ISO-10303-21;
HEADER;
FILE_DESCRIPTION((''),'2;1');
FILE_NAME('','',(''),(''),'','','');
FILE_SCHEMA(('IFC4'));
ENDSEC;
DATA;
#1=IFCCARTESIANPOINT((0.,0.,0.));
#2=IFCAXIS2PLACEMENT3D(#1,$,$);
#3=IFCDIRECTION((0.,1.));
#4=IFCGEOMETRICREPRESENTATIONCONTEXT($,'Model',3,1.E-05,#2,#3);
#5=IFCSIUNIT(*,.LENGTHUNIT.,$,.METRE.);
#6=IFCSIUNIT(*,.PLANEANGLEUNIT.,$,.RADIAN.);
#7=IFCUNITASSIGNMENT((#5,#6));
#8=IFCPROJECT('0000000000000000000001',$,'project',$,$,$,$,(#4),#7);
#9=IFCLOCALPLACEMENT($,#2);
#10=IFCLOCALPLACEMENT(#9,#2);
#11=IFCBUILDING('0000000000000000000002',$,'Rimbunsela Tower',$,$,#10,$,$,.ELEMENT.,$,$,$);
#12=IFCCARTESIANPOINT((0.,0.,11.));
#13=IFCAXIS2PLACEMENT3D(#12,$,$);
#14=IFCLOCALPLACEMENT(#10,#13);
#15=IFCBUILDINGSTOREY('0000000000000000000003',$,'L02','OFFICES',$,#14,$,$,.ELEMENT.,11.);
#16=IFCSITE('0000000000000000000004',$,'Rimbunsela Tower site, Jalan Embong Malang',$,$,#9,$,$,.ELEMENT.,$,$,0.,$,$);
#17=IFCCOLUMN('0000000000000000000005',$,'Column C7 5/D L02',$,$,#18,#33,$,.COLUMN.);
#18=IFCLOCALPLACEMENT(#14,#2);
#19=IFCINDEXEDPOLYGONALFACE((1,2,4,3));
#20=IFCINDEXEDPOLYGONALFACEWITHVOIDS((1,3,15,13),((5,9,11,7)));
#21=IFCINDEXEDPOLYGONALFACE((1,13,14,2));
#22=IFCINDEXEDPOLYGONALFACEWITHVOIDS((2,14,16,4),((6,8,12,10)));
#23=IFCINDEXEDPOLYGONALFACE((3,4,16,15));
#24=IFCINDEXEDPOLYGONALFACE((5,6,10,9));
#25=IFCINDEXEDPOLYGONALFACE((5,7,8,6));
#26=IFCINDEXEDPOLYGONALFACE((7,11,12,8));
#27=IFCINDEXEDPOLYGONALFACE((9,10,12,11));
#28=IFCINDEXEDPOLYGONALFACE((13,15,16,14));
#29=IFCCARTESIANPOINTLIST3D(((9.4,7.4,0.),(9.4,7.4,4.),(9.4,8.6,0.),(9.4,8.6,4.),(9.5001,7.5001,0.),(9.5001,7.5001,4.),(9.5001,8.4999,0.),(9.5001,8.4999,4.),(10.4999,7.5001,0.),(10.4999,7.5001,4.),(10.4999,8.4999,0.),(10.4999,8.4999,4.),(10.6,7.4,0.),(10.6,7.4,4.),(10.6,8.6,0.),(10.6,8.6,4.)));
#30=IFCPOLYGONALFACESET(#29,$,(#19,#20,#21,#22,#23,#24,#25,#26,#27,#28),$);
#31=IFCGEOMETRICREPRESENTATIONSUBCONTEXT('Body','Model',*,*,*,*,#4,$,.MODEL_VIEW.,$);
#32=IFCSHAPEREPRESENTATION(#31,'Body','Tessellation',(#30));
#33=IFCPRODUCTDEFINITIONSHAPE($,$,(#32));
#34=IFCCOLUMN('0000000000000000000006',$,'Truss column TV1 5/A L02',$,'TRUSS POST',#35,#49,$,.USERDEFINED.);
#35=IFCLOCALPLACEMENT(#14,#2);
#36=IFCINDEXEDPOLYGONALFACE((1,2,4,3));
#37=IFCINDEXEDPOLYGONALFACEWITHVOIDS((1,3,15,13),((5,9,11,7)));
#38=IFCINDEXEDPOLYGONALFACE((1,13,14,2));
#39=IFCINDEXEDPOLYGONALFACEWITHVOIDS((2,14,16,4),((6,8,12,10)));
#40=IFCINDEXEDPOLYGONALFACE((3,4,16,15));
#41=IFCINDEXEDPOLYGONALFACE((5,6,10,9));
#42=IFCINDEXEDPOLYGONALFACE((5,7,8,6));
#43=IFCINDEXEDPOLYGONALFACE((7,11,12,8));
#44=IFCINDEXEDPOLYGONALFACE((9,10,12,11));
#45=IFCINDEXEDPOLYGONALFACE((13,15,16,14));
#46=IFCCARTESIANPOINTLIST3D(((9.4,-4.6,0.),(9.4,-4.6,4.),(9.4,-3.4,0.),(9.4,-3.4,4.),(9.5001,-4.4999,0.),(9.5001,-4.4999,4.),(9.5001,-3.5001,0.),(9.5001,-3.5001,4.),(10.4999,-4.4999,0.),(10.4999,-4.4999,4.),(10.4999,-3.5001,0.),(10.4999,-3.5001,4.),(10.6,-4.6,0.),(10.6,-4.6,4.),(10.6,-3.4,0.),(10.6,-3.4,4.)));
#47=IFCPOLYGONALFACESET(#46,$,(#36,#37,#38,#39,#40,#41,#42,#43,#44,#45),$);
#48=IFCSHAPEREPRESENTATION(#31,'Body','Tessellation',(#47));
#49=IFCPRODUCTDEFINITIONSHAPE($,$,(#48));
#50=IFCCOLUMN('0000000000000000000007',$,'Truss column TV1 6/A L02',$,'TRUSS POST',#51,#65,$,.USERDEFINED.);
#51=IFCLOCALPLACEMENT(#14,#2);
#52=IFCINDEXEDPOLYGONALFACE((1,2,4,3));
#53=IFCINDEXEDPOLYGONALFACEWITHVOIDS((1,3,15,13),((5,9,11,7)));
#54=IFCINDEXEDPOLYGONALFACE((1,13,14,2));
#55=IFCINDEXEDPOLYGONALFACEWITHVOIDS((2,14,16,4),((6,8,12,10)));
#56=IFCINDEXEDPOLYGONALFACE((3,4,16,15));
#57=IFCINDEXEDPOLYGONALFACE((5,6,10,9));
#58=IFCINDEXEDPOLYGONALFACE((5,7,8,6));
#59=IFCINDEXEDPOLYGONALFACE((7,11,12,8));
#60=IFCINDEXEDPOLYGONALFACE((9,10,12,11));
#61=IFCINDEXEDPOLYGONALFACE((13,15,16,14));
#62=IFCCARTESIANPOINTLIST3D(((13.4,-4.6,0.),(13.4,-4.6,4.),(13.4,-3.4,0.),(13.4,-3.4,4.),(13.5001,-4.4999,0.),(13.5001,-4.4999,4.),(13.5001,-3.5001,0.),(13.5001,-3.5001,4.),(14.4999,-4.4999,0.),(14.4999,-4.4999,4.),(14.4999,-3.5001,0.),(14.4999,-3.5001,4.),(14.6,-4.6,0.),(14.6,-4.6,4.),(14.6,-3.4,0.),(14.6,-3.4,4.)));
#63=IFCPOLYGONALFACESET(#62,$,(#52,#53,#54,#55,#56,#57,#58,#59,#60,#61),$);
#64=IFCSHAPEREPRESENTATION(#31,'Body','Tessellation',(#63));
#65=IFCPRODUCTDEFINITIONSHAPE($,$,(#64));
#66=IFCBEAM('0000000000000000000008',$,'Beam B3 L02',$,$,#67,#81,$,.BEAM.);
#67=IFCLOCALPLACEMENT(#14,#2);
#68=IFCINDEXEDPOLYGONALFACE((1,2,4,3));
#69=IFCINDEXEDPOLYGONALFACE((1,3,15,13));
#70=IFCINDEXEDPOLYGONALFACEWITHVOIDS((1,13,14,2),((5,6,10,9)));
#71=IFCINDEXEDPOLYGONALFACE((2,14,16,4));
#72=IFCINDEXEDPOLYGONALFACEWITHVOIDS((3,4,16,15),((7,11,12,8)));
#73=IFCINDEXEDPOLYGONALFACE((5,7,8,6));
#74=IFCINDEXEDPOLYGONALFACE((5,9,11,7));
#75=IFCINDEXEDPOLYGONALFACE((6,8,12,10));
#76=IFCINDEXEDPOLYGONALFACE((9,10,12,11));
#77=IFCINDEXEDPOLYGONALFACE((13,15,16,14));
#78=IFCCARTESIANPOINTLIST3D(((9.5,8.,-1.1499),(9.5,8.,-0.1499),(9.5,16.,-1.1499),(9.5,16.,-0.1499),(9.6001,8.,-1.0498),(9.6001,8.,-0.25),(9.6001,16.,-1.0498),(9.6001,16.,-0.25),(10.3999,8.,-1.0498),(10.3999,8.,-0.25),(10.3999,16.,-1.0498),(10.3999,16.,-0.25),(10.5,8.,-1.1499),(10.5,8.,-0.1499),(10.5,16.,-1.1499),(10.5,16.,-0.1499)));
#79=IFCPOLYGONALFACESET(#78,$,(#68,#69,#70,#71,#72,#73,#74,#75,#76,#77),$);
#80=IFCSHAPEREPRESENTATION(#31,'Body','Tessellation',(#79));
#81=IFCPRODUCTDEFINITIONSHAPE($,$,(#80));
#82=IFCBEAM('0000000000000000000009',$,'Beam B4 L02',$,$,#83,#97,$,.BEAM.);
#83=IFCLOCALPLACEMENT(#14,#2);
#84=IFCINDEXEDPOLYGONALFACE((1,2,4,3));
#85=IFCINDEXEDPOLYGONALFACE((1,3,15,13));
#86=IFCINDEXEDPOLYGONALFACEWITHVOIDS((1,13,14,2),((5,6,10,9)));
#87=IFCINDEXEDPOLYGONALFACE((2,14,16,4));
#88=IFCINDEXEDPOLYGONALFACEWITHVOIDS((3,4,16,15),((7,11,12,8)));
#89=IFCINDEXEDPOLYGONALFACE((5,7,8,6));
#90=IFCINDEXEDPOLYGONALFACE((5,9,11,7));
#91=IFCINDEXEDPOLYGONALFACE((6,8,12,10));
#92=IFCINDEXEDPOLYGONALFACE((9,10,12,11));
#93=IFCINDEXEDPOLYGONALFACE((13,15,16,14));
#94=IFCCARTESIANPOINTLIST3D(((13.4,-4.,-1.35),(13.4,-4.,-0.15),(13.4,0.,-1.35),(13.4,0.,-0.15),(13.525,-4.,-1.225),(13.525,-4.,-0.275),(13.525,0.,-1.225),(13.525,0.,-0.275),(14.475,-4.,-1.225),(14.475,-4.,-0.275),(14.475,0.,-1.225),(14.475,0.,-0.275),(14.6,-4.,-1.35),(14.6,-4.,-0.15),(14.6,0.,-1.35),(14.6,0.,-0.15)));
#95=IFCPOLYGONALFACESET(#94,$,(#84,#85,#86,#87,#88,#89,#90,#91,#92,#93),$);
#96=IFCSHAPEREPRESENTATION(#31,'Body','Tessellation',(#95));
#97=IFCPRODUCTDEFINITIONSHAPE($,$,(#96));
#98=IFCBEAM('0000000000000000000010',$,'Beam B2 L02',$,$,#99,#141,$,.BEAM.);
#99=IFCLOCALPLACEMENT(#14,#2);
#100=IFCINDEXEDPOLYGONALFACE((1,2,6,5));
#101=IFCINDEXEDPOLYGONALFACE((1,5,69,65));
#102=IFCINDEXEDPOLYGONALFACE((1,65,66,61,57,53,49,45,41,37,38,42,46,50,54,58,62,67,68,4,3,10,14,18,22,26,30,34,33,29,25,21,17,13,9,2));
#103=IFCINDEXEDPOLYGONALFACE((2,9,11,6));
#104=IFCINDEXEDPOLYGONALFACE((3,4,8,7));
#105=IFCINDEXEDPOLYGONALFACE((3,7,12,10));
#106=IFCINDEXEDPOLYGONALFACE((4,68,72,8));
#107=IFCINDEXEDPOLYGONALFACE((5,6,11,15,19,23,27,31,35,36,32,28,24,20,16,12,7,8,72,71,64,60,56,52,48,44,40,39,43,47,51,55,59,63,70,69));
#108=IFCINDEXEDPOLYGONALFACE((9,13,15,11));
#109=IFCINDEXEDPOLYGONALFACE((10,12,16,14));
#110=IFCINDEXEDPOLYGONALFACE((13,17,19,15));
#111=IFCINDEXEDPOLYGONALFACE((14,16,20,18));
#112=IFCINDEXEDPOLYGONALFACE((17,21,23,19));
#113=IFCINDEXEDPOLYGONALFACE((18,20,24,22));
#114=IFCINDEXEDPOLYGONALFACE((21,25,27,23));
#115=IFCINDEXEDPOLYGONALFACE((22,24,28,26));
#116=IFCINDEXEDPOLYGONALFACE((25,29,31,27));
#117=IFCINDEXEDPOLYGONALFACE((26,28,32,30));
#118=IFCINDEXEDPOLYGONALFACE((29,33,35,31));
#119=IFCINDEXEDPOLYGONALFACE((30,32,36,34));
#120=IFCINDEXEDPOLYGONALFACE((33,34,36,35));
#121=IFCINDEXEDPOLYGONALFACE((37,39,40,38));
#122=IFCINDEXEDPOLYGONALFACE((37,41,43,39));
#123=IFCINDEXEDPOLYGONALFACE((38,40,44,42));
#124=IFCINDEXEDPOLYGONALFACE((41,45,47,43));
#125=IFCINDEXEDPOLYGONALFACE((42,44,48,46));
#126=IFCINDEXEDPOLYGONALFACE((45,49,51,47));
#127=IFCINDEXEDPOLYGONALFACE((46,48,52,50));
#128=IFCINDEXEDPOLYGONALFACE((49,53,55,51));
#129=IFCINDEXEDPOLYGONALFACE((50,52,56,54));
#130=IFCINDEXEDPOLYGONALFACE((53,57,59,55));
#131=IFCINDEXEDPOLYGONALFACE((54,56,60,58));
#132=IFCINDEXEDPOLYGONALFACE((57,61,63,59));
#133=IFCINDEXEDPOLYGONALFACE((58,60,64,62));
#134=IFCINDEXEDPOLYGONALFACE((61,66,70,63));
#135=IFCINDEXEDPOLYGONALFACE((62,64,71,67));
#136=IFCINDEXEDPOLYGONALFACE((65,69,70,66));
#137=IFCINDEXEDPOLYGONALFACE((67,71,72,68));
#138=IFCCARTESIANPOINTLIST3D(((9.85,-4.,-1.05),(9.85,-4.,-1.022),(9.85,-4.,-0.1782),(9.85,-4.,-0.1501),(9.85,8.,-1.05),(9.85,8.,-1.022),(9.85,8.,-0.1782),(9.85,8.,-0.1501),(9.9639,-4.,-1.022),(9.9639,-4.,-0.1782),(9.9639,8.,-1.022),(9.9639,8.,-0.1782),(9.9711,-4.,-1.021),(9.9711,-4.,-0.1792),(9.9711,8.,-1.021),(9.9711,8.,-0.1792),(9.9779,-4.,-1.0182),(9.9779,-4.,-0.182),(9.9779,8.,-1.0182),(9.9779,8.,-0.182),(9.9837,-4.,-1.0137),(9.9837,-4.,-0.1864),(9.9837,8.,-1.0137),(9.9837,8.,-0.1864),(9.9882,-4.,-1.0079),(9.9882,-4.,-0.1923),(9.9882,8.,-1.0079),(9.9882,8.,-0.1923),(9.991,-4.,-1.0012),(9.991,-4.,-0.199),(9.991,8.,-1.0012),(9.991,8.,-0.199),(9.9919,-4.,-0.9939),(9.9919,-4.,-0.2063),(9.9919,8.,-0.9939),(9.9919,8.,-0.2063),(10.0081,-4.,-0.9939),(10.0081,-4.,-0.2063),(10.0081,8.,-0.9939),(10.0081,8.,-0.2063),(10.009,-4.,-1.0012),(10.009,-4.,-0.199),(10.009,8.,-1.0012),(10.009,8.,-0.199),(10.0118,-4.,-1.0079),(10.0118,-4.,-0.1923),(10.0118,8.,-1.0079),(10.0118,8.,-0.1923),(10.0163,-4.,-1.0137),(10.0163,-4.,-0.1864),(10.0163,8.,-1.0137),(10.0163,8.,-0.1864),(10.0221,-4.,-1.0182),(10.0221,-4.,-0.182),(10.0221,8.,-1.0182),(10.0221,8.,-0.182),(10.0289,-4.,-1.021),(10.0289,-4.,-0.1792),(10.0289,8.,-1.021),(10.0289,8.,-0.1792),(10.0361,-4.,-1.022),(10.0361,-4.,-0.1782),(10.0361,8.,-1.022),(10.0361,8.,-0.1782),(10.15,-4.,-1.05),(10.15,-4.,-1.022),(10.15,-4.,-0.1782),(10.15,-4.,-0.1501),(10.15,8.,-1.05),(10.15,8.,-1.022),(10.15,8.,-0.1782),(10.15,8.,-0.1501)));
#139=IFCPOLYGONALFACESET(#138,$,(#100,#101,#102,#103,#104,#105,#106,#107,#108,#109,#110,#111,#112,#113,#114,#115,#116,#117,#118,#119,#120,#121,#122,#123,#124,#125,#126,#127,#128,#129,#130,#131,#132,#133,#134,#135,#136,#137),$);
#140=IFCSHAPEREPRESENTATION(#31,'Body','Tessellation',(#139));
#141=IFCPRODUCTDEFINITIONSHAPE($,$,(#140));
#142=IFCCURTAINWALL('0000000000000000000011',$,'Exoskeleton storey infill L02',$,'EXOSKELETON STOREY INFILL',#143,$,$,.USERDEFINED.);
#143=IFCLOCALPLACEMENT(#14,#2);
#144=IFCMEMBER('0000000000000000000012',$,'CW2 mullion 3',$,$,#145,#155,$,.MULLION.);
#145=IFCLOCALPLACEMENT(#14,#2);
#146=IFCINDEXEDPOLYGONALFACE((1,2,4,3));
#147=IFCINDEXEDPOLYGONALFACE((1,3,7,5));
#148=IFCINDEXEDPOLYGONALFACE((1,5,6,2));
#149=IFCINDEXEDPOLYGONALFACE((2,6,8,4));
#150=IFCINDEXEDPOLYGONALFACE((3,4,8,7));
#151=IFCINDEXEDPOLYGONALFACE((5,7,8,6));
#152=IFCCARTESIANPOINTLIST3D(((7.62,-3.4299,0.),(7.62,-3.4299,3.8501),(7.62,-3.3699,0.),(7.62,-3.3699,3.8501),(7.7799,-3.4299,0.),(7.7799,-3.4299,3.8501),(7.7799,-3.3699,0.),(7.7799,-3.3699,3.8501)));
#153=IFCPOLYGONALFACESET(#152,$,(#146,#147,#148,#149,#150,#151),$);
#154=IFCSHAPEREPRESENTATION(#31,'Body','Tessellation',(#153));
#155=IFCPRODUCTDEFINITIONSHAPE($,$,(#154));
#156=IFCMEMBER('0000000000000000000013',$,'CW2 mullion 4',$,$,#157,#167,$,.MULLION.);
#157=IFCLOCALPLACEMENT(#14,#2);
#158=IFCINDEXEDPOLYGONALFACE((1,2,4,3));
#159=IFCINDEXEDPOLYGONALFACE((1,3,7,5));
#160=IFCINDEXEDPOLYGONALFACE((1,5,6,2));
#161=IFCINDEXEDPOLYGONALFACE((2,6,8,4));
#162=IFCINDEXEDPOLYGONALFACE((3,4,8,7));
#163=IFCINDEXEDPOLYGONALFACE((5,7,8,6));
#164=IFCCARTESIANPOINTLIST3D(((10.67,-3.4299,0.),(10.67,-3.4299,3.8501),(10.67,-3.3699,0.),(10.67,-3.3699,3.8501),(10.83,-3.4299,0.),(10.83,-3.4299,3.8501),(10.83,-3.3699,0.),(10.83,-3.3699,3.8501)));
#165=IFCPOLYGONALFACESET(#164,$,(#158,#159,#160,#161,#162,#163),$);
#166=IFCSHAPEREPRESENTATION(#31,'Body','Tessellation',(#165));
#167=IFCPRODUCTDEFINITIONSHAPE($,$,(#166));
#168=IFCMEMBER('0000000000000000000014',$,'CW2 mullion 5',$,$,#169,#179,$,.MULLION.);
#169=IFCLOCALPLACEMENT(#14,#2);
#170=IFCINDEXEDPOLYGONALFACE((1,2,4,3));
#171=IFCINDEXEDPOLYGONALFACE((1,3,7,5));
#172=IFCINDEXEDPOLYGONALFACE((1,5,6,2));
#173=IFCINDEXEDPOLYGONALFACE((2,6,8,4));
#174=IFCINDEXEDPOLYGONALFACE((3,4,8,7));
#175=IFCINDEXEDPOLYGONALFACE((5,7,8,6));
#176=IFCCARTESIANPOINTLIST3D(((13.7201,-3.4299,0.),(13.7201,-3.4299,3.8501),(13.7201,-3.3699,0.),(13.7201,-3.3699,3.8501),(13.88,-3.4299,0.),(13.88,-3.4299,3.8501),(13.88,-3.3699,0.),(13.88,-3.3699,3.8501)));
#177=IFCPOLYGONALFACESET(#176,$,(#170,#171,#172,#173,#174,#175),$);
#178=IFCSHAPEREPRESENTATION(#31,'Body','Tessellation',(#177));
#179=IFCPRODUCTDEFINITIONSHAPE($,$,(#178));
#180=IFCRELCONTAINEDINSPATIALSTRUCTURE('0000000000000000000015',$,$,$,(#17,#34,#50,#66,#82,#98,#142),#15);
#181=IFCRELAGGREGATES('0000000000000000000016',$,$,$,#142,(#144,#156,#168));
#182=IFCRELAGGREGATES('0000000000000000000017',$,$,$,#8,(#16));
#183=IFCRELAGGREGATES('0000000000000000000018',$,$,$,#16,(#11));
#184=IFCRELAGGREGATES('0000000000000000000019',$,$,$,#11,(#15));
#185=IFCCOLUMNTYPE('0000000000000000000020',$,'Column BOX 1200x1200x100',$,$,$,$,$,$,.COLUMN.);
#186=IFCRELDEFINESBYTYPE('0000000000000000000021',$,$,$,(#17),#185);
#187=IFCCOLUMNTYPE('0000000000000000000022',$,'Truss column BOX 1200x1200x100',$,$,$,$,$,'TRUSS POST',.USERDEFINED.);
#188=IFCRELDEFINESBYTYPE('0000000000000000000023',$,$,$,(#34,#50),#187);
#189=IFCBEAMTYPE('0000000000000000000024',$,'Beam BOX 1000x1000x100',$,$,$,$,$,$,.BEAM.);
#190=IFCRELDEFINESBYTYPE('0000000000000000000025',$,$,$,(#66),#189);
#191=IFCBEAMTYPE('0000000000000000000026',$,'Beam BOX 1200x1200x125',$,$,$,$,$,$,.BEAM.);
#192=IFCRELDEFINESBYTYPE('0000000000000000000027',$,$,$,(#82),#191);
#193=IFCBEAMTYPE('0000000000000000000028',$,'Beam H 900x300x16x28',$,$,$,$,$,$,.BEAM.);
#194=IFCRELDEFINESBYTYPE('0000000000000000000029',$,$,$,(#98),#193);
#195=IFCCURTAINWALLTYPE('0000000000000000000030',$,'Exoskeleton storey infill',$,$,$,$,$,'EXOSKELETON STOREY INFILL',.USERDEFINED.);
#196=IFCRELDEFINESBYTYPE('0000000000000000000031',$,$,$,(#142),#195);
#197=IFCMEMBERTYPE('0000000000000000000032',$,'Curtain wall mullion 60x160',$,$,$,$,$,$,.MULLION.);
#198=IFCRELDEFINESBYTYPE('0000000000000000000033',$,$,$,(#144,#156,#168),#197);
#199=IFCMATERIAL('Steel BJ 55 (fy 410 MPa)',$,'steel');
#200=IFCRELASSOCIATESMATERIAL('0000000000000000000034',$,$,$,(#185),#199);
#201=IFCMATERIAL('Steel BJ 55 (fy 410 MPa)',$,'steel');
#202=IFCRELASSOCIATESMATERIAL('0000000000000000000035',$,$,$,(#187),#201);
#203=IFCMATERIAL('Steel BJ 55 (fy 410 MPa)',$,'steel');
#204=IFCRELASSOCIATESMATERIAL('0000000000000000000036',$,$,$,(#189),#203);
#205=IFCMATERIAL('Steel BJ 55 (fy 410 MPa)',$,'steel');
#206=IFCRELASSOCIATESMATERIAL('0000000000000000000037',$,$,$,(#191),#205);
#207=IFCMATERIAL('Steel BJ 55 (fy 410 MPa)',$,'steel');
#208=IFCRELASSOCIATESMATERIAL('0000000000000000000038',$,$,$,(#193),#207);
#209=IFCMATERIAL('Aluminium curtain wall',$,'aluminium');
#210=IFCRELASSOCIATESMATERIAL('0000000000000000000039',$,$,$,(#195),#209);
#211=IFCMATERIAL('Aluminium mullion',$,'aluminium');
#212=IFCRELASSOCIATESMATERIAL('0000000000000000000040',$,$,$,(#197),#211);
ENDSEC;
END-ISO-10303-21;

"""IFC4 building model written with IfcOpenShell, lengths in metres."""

from ifc_helpers import new_model, si_unit, direction, frame, origin, origin_2d, place, context, subcontext, project, spatial, rectangle, hollow_rectangle, i_section, extrude, material, material_profile, profile_set, type_object, element, aggregate, save


model = new_model("IFC4")

# Units and contexts
model_context = context("Model", 3, precision=1e-05, world=origin(), true_north=direction((0.0, 1.0)))
body_context = subcontext(model_context, "Body", "Model", "MODEL_VIEW")
ifc_project = project(units=[si_unit("LENGTHUNIT", "METRE"), si_unit("PLANEANGLEUNIT", "RADIAN")], contexts=[model_context])

# Site, building, storey
site_placement = place(None, origin())
site = spatial("IfcSite", under=ifc_project, at=site_placement, Name="Rimbunsela Tower site, Jalan Embong Malang", CompositionType="ELEMENT", RefElevation=0.0)
building_placement = place(site_placement, origin())
building = spatial("IfcBuilding", under=site, at=building_placement, Name="Rimbunsela Tower", CompositionType="ELEMENT")
storey_placement = place(building_placement, frame((0.0, 0.0, 11.0)))
storey = spatial("IfcBuildingStorey", under=building, at=storey_placement, Name="L02", Description="OFFICES", CompositionType="ELEMENT", Elevation=11.0)

# Columns
ifc_material_1 = material(Name="Steel BJ 55 (fy 410 MPa)", Category="steel")
ifc_material_profile_1 = material_profile(ifc_material_1, hollow_rectangle(XDim=1.2, YDim=1.2, WallThickness=0.1001, at=origin_2d()), Name="BOX 1200x1200x100")
ifc_profile_set_1 = profile_set([ifc_material_profile_1], Name="Steel BJ 55 (fy 410 MPa)")
column_type_1 = type_object("IfcColumnType", Name="Column BOX 1200x1200x100", PredefinedType="COLUMN", material=ifc_profile_set_1)
column_placement = place(storey_placement, frame((10.0, 8.0, 0.0), z_axis=(0.0, 0.0, 1.0), x_axis=(1.0, 0.0, 0.0)))
element("IfcColumn", 1, at=column_placement, inside=storey, type_object=column_type_1, Name="Column C7 5/D L02", PredefinedType="COLUMN", context=body_context, shape_type="SweptSolid", body=[
    extrude(hollow_rectangle(XDim=1.2, YDim=1.2, WallThickness=0.1001, at=origin_2d()), origin(), (0.0, 0.0, 1.0), 4.0),
])
ifc_material_2 = material(Name="Steel BJ 55 (fy 410 MPa)", Category="steel")
ifc_material_profile_2 = material_profile(ifc_material_2, hollow_rectangle(XDim=1.2, YDim=1.2, WallThickness=0.1001, at=origin_2d()), Name="BOX 1200x1200x100")
ifc_profile_set_2 = profile_set([ifc_material_profile_2], Name="Steel BJ 55 (fy 410 MPa)")
column_type_2 = type_object("IfcColumnType", Name="Truss column BOX 1200x1200x100", ElementType="TRUSS POST", PredefinedType="USERDEFINED", material=ifc_profile_set_2)
for number, where, z_axis, x_axis, name in (
    (2, (10.0, -4.0, 0.0), (0.0, 0.0, 1.0), (1.0, 0.0, 0.0), "Truss column TV1 5/A L02"),
    (3, (14.0, -4.0, 0.0), (0.0, 0.0, 1.0), (1.0, 0.0, 0.0), "Truss column TV1 6/A L02"),
):
    element("IfcColumn", number, at=place(storey_placement, frame(where, z_axis=z_axis, x_axis=x_axis)), inside=storey, type_object=column_type_2, Name=name, ObjectType="TRUSS POST", PredefinedType="USERDEFINED", context=body_context, shape_type="SweptSolid", body=[
        extrude(hollow_rectangle(XDim=1.2, YDim=1.2, WallThickness=0.1001, at=origin_2d()), origin(), (0.0, 0.0, 1.0), 4.0),
    ])

# Beams
ifc_material_3 = material(Name="Steel BJ 55 (fy 410 MPa)", Category="steel")
ifc_material_profile_3 = material_profile(ifc_material_3, hollow_rectangle(XDim=1.0, YDim=1.0, WallThickness=0.1001, at=origin_2d()), Name="BOX 1000x1000x100")
ifc_profile_set_3 = profile_set([ifc_material_profile_3], Name="Steel BJ 55 (fy 410 MPa)")
beam_type_1 = type_object("IfcBeamType", Name="Beam BOX 1000x1000x100", PredefinedType="BEAM", material=ifc_profile_set_3)
beam_1_placement = place(storey_placement, frame((10.0, 8.0, -0.6499), z_axis=(0.0, 1.0, 0.0), x_axis=(-1.0, 0.0, 0.0)))
element("IfcBeam", 4, at=beam_1_placement, inside=storey, type_object=beam_type_1, Name="Beam B3 L02", PredefinedType="BEAM", context=body_context, shape_type="SweptSolid", body=[
    extrude(hollow_rectangle(XDim=1.0, YDim=1.0, WallThickness=0.1001, at=origin_2d()), origin(), (0.0, 0.0, 1.0), 8.0),
])
ifc_material_4 = material(Name="Steel BJ 55 (fy 410 MPa)", Category="steel")
ifc_material_profile_4 = material_profile(ifc_material_4, hollow_rectangle(XDim=1.2, YDim=1.2, WallThickness=0.125, at=origin_2d()), Name="BOX 1200x1200x125")
ifc_profile_set_4 = profile_set([ifc_material_profile_4], Name="Steel BJ 55 (fy 410 MPa)")
beam_type_2 = type_object("IfcBeamType", Name="Beam BOX 1200x1200x125", PredefinedType="BEAM", material=ifc_profile_set_4)
beam_2_placement = place(storey_placement, frame((14.0, -4.0, -0.75), z_axis=(0.0, 1.0, 0.0), x_axis=(-1.0, 0.0, 0.0)))
element("IfcBeam", 5, at=beam_2_placement, inside=storey, type_object=beam_type_2, Name="Beam B4 L02", PredefinedType="BEAM", context=body_context, shape_type="SweptSolid", body=[
    extrude(hollow_rectangle(XDim=1.2, YDim=1.2, WallThickness=0.125, at=origin_2d()), origin(), (0.0, 0.0, 1.0), 4.0),
])
ifc_material_5 = material(Name="Steel BJ 55 (fy 410 MPa)", Category="steel")
ifc_material_profile_5 = material_profile(ifc_material_5, i_section(OverallWidth=0.3, OverallDepth=0.8999, WebThickness=0.0161, FlangeThickness=0.0281, FilletRadius=0.0281, at=origin_2d()), Name="H 900x300x16x28")
ifc_profile_set_5 = profile_set([ifc_material_profile_5], Name="Steel BJ 55 (fy 410 MPa)")
beam_type_3 = type_object("IfcBeamType", Name="Beam H 900x300x16x28", PredefinedType="BEAM", material=ifc_profile_set_5)
beam_3_placement = place(storey_placement, frame((10.0, -4.0, -0.6001), z_axis=(0.0, 1.0, 0.0), x_axis=(-1.0, 0.0, 0.0)))
element("IfcBeam", 6, at=beam_3_placement, inside=storey, type_object=beam_type_3, Name="Beam B2 L02", PredefinedType="BEAM", context=body_context, shape_type="SweptSolid", body=[
    extrude(i_section(OverallWidth=0.3, OverallDepth=0.8999, WebThickness=0.0161, FlangeThickness=0.0281, FilletRadius=0.0281, at=origin_2d()), origin(), (0.0, 0.0, 1.0), 12.0),
])

# Curtain wall, members
ifc_material_6 = material(Name="Aluminium curtain wall", Category="aluminium")
curtain_wall_type = type_object("IfcCurtainWallType", Name="Exoskeleton storey infill", ElementType="EXOSKELETON STOREY INFILL", PredefinedType="USERDEFINED", material=ifc_material_6)
curtain_wall_placement = place(storey_placement, origin())
curtain_wall = element("IfcCurtainWall", 7, at=curtain_wall_placement, inside=storey, type_object=curtain_wall_type, Name="Exoskeleton storey infill L02", ObjectType="EXOSKELETON STOREY INFILL", PredefinedType="USERDEFINED")
ifc_material_7 = material(Name="Aluminium mullion", Category="aluminium")
ifc_material_profile_6 = material_profile(ifc_material_7, rectangle(XDim=0.0601, YDim=0.1599, at=origin_2d()), Name="Mullion 60x160")
ifc_profile_set_6 = profile_set([ifc_material_profile_6], Name="Aluminium mullion")
member_type_1 = type_object("IfcMemberType", Name="Curtain wall mullion 60x160", PredefinedType="MULLION", material=ifc_profile_set_6)
member_1_placement = place(storey_placement, frame((7.7, -3.3999, 0.0), z_axis=(0.0, 0.0, 1.0), x_axis=(0.0, 1.0, 0.0)))
member_1 = element("IfcMember", 8, at=member_1_placement, type_object=member_type_1, Name="CW2 mullion 3", PredefinedType="MULLION", context=body_context, shape_type="SweptSolid", body=[
    extrude(rectangle(XDim=0.0601, YDim=0.1599, at=origin_2d()), origin(), (0.0, 0.0, 1.0), 3.8501),
])
member_2_placement = place(storey_placement, frame((10.75, -3.3999, 0.0), z_axis=(0.0, 0.0, 1.0), x_axis=(0.0, 1.0, 0.0)))
member_2 = element("IfcMember", 9, at=member_2_placement, type_object=member_type_1, Name="CW2 mullion 4", PredefinedType="MULLION", context=body_context, shape_type="SweptSolid", body=[
    extrude(rectangle(XDim=0.0601, YDim=0.1599, at=origin_2d()), origin(), (0.0, 0.0, 1.0), 3.8501),
])
member_3_placement = place(storey_placement, frame((13.8, -3.3999, 0.0), z_axis=(0.0, 0.0, 1.0), x_axis=(0.0, 1.0, 0.0)))
member_3 = element("IfcMember", 10, at=member_3_placement, type_object=member_type_1, Name="CW2 mullion 5", PredefinedType="MULLION", context=body_context, shape_type="SweptSolid", body=[
    extrude(rectangle(XDim=0.0601, YDim=0.1599, at=origin_2d()), origin(), (0.0, 0.0, 1.0), 3.8501),
])

aggregate(curtain_wall, [member_1, member_2, member_3])

save(model, "model.ifc")
